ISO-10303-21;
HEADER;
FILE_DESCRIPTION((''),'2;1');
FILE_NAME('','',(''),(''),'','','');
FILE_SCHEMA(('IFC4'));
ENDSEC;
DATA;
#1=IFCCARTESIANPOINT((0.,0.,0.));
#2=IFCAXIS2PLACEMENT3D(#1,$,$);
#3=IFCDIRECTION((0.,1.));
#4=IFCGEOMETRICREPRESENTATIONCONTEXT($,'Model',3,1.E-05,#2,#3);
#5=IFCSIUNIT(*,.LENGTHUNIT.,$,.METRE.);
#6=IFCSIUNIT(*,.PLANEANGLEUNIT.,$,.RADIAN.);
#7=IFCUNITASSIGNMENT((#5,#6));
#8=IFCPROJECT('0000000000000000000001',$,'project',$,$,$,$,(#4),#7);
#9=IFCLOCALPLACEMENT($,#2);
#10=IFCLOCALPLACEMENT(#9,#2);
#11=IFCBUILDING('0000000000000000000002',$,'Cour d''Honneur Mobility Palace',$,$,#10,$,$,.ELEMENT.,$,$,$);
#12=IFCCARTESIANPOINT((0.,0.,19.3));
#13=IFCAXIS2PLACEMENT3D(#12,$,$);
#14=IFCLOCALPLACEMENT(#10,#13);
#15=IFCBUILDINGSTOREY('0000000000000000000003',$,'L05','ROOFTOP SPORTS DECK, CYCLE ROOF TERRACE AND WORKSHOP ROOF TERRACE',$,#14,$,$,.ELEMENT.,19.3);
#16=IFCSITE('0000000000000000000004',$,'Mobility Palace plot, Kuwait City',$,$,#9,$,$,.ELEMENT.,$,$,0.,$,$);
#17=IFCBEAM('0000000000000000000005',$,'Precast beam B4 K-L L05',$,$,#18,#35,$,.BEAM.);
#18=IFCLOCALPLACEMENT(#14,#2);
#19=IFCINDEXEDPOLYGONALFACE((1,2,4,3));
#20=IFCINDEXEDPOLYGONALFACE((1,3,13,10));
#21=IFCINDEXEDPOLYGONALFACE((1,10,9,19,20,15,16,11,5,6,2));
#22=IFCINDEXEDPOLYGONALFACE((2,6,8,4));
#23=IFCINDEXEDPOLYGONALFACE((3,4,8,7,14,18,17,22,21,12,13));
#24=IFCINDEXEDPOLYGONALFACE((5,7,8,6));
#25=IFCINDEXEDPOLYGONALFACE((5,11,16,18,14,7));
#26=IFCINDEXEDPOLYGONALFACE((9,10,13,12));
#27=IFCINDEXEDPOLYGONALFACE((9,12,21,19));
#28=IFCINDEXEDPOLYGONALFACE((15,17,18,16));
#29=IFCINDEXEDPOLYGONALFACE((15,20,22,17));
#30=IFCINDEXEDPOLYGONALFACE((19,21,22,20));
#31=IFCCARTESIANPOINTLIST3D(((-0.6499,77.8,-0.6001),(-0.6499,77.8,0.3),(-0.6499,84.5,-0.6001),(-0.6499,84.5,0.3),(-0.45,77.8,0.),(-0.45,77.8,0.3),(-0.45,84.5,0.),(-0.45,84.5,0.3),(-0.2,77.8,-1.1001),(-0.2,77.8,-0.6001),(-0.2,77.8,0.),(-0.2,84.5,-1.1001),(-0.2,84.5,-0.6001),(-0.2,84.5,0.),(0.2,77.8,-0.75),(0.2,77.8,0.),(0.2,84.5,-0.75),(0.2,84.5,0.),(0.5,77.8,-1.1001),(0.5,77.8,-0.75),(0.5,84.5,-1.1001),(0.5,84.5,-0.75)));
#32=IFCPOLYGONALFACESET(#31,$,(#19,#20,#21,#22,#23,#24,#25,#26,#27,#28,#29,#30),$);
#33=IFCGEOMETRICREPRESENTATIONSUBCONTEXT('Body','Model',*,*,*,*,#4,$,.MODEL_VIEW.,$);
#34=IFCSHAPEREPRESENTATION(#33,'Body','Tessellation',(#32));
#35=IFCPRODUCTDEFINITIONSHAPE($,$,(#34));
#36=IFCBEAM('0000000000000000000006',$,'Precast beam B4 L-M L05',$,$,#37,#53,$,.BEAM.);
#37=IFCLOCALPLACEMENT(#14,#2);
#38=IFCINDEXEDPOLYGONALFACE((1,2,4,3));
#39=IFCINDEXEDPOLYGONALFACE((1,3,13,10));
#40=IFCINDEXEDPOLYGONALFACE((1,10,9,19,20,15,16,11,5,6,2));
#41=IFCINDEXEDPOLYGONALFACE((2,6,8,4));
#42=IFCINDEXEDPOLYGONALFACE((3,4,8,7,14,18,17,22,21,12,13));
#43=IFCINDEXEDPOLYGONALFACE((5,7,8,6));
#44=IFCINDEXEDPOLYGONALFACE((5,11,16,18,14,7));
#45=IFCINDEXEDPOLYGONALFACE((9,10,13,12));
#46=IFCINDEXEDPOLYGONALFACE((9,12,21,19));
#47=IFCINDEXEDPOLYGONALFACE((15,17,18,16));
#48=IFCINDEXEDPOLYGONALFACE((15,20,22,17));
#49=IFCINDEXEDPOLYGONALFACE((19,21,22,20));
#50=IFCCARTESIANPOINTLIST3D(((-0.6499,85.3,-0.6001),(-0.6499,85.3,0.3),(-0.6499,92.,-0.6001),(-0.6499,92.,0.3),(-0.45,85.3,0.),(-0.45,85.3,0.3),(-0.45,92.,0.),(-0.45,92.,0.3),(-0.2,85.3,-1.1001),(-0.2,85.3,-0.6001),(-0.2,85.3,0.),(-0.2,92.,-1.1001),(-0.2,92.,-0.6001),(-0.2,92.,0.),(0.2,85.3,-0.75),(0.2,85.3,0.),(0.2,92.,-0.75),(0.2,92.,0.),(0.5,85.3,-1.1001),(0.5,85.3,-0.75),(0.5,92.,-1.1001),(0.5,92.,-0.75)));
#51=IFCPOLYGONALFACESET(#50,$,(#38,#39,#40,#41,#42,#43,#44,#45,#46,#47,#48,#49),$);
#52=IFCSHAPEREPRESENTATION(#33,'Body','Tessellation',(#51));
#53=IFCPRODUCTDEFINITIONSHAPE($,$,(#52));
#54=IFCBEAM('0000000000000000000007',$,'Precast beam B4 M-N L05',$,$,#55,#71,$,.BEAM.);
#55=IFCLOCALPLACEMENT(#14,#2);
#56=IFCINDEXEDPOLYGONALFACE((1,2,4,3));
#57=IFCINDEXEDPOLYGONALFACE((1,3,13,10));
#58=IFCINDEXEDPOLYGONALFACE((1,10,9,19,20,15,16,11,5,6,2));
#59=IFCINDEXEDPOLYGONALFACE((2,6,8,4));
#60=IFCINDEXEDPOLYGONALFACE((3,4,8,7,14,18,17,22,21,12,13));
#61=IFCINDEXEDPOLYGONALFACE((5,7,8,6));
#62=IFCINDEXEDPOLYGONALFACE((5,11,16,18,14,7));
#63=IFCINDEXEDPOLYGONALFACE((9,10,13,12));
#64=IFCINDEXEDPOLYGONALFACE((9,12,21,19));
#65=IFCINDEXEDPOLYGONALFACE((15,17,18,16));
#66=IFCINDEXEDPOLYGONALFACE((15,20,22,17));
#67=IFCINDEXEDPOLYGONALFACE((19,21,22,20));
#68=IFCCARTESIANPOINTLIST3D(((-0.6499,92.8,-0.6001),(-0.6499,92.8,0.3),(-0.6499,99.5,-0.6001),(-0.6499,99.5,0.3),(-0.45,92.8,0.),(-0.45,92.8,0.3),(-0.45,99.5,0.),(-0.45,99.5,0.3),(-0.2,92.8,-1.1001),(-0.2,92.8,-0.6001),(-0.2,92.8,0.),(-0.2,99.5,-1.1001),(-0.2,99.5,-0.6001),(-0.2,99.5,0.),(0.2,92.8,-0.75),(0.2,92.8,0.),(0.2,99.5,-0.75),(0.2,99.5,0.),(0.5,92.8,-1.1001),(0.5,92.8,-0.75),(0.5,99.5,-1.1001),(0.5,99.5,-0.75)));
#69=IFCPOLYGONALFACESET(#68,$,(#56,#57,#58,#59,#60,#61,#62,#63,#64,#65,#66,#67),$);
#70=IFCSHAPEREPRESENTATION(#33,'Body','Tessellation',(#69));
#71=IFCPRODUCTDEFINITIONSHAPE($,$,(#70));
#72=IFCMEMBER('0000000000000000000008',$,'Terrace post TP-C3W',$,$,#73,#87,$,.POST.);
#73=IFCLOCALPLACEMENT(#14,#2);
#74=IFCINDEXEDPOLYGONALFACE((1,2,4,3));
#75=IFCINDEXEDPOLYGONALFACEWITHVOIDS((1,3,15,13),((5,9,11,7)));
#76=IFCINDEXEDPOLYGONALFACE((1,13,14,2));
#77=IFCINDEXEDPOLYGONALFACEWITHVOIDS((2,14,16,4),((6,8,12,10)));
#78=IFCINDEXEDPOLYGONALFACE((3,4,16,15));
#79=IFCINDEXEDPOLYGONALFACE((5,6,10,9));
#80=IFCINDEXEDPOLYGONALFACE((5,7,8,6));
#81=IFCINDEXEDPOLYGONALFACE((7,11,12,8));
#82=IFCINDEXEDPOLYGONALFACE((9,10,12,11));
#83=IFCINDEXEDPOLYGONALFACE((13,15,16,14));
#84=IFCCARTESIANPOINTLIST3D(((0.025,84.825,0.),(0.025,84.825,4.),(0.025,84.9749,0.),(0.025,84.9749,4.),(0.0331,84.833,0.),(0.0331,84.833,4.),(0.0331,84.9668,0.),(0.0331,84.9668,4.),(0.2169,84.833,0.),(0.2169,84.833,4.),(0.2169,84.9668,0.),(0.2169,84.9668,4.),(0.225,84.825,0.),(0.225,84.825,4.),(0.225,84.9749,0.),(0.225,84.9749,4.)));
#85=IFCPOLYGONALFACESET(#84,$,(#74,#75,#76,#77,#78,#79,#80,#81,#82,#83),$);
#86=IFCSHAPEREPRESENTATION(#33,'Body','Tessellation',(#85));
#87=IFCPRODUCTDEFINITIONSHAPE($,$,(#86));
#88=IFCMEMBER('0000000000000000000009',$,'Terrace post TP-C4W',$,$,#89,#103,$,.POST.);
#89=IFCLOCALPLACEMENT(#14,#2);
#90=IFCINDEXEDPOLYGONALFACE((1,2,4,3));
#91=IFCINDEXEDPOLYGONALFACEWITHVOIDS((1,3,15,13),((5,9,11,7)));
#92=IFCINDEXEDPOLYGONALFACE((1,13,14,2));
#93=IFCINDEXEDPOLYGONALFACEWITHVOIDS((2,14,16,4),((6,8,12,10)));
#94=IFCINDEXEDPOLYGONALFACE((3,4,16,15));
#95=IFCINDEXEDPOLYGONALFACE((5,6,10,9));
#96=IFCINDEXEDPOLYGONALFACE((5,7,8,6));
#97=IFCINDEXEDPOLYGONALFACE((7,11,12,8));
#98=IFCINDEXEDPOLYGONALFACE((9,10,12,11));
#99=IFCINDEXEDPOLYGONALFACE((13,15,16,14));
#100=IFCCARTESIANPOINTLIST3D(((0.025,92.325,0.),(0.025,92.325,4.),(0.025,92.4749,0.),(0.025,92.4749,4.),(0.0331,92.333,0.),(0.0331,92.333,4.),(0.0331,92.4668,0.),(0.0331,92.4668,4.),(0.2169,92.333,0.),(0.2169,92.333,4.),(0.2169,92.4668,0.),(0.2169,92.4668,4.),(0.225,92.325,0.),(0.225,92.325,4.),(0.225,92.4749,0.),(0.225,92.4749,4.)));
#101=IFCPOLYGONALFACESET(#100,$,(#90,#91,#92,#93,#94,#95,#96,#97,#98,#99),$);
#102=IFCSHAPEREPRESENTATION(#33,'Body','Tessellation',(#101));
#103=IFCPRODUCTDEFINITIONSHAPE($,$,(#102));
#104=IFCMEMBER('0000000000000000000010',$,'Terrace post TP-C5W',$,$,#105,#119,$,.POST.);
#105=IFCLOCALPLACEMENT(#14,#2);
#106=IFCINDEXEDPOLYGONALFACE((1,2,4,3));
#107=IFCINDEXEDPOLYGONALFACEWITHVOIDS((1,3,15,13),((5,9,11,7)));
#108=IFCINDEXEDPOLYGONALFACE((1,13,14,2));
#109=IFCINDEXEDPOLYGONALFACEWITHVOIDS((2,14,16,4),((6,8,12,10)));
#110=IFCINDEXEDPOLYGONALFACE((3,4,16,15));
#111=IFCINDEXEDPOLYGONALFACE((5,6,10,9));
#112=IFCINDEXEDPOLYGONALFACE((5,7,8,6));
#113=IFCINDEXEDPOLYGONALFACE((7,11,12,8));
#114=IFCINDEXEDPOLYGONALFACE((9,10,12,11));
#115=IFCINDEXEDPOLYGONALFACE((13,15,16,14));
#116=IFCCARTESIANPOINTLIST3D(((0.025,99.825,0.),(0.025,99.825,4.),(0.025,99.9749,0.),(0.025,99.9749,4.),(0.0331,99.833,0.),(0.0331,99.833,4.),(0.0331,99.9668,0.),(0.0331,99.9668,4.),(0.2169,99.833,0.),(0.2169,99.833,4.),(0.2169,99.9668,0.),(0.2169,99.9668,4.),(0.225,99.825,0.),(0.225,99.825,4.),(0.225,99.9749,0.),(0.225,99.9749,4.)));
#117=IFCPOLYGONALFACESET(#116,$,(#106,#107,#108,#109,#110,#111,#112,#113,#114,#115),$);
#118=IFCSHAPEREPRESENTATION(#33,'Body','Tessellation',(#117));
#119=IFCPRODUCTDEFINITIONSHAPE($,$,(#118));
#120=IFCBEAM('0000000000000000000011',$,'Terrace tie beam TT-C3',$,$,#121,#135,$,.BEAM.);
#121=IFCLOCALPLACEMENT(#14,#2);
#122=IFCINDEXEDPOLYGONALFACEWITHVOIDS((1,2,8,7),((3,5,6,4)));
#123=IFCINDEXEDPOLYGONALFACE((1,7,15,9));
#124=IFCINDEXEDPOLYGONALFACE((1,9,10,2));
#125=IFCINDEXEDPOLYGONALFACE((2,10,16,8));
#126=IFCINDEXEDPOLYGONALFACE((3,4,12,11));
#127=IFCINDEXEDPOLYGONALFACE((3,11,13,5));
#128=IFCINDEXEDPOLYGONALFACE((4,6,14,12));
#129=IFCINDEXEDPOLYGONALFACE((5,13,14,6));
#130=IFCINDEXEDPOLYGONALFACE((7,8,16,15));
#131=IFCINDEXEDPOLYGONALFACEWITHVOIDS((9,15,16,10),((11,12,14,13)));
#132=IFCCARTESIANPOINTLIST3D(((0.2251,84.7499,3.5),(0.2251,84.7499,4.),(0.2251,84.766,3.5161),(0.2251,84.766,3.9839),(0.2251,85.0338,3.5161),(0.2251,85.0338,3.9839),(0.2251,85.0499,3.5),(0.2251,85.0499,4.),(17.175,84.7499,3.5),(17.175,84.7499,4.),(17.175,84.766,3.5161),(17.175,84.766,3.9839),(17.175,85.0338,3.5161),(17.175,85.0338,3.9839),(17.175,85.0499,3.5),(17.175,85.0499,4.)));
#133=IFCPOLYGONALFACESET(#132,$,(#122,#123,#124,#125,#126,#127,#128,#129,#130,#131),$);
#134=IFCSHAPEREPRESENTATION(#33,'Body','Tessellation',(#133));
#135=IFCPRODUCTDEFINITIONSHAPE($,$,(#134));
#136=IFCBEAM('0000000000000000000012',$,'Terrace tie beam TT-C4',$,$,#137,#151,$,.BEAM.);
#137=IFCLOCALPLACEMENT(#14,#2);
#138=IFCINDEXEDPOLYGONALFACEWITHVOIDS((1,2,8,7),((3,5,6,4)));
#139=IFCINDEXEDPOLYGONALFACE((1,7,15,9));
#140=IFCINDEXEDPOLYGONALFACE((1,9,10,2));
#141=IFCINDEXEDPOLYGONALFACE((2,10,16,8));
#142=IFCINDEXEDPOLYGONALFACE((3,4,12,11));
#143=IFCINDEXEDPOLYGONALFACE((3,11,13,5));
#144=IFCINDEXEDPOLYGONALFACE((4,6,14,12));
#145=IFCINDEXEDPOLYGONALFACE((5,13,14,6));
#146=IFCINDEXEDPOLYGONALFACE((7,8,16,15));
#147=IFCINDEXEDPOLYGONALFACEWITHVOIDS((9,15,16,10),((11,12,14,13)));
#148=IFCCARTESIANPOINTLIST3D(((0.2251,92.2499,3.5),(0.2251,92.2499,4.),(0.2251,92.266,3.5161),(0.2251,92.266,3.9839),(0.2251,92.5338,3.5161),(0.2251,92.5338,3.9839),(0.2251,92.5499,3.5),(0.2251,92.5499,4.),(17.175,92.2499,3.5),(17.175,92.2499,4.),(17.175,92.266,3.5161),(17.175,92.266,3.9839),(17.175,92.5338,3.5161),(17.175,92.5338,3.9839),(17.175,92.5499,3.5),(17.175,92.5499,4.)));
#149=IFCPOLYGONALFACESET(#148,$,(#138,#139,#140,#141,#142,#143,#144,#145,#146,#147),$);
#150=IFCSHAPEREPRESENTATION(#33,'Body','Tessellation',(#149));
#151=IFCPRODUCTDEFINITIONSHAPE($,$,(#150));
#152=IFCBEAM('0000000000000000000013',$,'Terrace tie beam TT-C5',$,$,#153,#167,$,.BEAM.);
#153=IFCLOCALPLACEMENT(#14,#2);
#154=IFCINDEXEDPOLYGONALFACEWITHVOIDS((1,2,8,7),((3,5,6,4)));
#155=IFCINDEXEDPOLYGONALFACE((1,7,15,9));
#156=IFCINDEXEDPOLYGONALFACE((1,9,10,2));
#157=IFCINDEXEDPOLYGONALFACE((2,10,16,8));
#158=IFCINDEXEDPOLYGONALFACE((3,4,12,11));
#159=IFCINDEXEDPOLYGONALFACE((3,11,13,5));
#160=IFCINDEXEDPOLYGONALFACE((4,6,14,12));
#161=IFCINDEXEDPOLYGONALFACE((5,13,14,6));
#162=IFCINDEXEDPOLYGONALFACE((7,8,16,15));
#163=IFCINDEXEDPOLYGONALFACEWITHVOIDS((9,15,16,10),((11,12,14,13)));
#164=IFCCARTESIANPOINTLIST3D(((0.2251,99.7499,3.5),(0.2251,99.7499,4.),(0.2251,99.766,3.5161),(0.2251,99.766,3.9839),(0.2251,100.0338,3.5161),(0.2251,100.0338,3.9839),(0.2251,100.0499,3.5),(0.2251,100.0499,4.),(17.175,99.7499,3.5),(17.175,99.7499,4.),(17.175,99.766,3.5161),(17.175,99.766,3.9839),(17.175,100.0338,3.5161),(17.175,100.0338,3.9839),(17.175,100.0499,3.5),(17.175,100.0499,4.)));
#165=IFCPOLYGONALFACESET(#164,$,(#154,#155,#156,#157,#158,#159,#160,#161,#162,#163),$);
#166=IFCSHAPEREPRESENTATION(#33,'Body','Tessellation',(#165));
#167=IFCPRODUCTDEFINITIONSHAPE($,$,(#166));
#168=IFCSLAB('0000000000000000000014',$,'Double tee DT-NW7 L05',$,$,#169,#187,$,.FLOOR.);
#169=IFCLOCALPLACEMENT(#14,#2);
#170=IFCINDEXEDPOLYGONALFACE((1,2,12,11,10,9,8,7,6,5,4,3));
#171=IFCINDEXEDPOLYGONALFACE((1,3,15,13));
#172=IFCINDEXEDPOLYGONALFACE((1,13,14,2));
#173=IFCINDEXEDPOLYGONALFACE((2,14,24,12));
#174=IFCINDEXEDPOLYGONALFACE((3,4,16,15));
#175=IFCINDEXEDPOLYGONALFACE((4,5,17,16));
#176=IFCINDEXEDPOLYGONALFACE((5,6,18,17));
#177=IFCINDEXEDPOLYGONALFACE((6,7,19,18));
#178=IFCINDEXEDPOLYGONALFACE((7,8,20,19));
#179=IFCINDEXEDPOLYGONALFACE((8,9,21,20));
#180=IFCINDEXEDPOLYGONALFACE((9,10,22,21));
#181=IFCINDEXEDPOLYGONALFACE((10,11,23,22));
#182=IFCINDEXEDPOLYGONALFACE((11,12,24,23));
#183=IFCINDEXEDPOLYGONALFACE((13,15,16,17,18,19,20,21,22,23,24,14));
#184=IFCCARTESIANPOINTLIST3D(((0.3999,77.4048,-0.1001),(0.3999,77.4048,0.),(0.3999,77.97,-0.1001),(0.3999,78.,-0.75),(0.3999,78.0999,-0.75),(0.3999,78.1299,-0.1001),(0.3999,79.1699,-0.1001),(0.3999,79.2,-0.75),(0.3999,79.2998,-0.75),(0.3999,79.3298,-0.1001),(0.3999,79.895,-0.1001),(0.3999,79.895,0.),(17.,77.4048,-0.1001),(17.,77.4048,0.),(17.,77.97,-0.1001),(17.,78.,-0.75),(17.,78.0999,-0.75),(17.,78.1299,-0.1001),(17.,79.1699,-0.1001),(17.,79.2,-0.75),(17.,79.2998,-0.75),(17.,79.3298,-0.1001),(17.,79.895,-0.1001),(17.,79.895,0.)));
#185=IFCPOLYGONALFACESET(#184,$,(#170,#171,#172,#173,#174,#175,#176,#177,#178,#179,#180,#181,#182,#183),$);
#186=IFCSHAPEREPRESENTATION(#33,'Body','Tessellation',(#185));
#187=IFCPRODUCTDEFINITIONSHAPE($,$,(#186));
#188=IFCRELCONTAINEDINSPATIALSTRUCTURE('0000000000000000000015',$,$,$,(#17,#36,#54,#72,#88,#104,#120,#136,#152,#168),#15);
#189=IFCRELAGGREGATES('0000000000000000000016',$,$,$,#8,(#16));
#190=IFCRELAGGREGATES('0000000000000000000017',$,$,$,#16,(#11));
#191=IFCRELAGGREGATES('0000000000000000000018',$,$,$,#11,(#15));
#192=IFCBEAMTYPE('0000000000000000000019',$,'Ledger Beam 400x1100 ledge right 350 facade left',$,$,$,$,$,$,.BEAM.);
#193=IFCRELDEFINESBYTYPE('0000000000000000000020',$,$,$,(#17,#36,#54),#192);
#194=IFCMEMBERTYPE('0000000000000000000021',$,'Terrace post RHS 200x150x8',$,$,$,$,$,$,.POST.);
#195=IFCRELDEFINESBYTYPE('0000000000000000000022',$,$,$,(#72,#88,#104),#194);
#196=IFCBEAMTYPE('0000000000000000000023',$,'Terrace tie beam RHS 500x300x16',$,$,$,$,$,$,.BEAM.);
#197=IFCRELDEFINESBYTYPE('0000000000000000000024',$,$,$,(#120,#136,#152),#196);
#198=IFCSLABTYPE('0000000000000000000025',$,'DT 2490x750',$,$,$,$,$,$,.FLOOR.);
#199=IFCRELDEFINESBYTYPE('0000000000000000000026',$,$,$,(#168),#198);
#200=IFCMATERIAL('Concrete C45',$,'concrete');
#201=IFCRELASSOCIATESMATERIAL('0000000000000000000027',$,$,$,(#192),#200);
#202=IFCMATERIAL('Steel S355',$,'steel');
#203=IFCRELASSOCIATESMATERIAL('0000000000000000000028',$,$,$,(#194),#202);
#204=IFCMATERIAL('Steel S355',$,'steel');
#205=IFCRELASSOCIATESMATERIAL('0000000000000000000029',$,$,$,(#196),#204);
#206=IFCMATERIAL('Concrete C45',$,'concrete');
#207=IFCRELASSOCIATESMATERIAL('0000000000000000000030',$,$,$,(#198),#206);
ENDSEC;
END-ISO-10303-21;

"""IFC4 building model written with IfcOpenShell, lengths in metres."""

from ifc_helpers import new_model, si_unit, direction, frame, origin, origin_2d, place, context, subcontext, project, spatial, polyline, hollow_rectangle, outline, extrude, material, material_profile, profile_set, type_object, element, save


model = new_model("IFC4")

# Units and contexts
model_context = context("Model", 3, precision=1e-05, world=origin(), true_north=direction((0.0, 1.0)))
body_context = subcontext(model_context, "Body", "Model", "MODEL_VIEW")
ifc_project = project(units=[si_unit("LENGTHUNIT", "METRE"), si_unit("PLANEANGLEUNIT", "RADIAN")], contexts=[model_context])

# Site, building, storey
site_placement = place(None, origin())
site = spatial("IfcSite", under=ifc_project, at=site_placement, Name="Mobility Palace plot, Kuwait City", CompositionType="ELEMENT", RefElevation=0.0)
building_placement = place(site_placement, origin())
building = spatial("IfcBuilding", under=site, at=building_placement, Name="Cour d'Honneur Mobility Palace", CompositionType="ELEMENT")
storey_placement = place(building_placement, frame((0.0, 0.0, 19.3)))
storey = spatial("IfcBuildingStorey", under=building, at=storey_placement, Name="L05", Description="ROOFTOP SPORTS DECK, CYCLE ROOF TERRACE AND WORKSHOP ROOF TERRACE", CompositionType="ELEMENT", Elevation=19.3)

# Beams
ifc_material_1 = material(Name="Concrete C45", Category="concrete")
ifc_material_profile_1 = material_profile(ifc_material_1, outline(polyline([(0.2, -1.1001), (0.2, -0.6001), (0.6499, -0.6001), (0.6499, 0.3), (0.45, 0.3), (0.45, 0.0), (0.2, 0.0), (-0.2, 0.0), (-0.2, -0.75), (-0.5, -0.75), (-0.5, -1.1001), (0.2, -1.1001)])), Name="Ledger Beam 400x1100 ledge right 350 facade left")
ifc_profile_set_1 = profile_set([ifc_material_profile_1], Name="Concrete C45")
beam_type_1 = type_object("IfcBeamType", Name="Ledger Beam 400x1100 ledge right 350 facade left", PredefinedType="BEAM", material=ifc_profile_set_1)
for number, where, z_axis, x_axis, name in (
    (1, (0.0, 77.8, 0.0), (0.0, 1.0, 0.0), (-1.0, 0.0, 0.0), "Precast beam B4 K-L L05"),
    (2, (0.0, 85.3, 0.0), (0.0, 1.0, 0.0), (-1.0, 0.0, 0.0), "Precast beam B4 L-M L05"),
    (3, (0.0, 92.8, 0.0), (0.0, 1.0, 0.0), (-1.0, 0.0, 0.0), "Precast beam B4 M-N L05"),
):
    element("IfcBeam", number, at=place(storey_placement, frame(where, z_axis=z_axis, x_axis=x_axis)), inside=storey, type_object=beam_type_1, Name=name, PredefinedType="BEAM", context=body_context, shape_type="SweptSolid", body=[
        extrude(outline(polyline([(0.2, -1.1001), (0.2, -0.6001), (0.6499, -0.6001), (0.6499, 0.3), (0.45, 0.3), (0.45, 0.0), (0.2, 0.0), (-0.2, 0.0), (-0.2, -0.75), (-0.5, -0.75), (-0.5, -1.1001), (0.2, -1.1001)])), origin(), (0.0, 0.0, 1.0), 6.7),
    ])

# Members
ifc_material_2 = material(Name="Steel S355", Category="steel")
ifc_material_profile_2 = material_profile(ifc_material_2, hollow_rectangle(XDim=0.1499, YDim=0.2, WallThickness=0.0081, at=origin_2d()), Name="RHS 200x150x8")
ifc_profile_set_2 = profile_set([ifc_material_profile_2], Name="Steel S355")
member_type = type_object("IfcMemberType", Name="Terrace post RHS 200x150x8", PredefinedType="POST", material=ifc_profile_set_2)
for number, where, z_axis, x_axis, name in (
    (4, (0.125, 84.8999, 0.0), (0.0, 0.0, 1.0), (0.0, 1.0, 0.0), "Terrace post TP-C3W"),
    (5, (0.125, 92.3999, 0.0), (0.0, 0.0, 1.0), (0.0, 1.0, 0.0), "Terrace post TP-C4W"),
    (6, (0.125, 99.8999, 0.0), (0.0, 0.0, 1.0), (0.0, 1.0, 0.0), "Terrace post TP-C5W"),
):
    element("IfcMember", number, at=place(storey_placement, frame(where, z_axis=z_axis, x_axis=x_axis)), inside=storey, type_object=member_type, Name=name, PredefinedType="POST", context=body_context, shape_type="SweptSolid", body=[
        extrude(hollow_rectangle(XDim=0.1499, YDim=0.2, WallThickness=0.0081, at=origin_2d()), origin(), (0.0, 0.0, 1.0), 4.0),
    ])

# Beams
ifc_material_3 = material(Name="Steel S355", Category="steel")
ifc_material_profile_3 = material_profile(ifc_material_3, hollow_rectangle(XDim=0.3, YDim=0.5, WallThickness=0.0161, at=origin_2d()), Name="RHS 500x300x16")
ifc_profile_set_3 = profile_set([ifc_material_profile_3], Name="Steel S355")
beam_type_2 = type_object("IfcBeamType", Name="Terrace tie beam RHS 500x300x16", PredefinedType="BEAM", material=ifc_profile_set_3)
for number, where, z_axis, x_axis, name in (
    (7, (0.2251, 84.8999, 3.75), (1.0, 0.0, 0.0), (0.0, 1.0, 0.0), "Terrace tie beam TT-C3"),
    (8, (0.2251, 92.3999, 3.75), (1.0, 0.0, 0.0), (0.0, 1.0, 0.0), "Terrace tie beam TT-C4"),
    (9, (0.2251, 99.8999, 3.75), (1.0, 0.0, 0.0), (0.0, 1.0, 0.0), "Terrace tie beam TT-C5"),
):
    element("IfcBeam", number, at=place(storey_placement, frame(where, z_axis=z_axis, x_axis=x_axis)), inside=storey, type_object=beam_type_2, Name=name, PredefinedType="BEAM", context=body_context, shape_type="SweptSolid", body=[
        extrude(hollow_rectangle(XDim=0.3, YDim=0.5, WallThickness=0.0161, at=origin_2d()), origin(), (0.0, 0.0, 1.0), 16.95),
    ])

# Slab
ifc_material_4 = material(Name="Concrete C45", Category="concrete")
ifc_material_profile_4 = material_profile(ifc_material_4, outline(polyline([(-1.2451, 0.0), (1.2451, 0.0), (1.2451, -0.1001), (0.6799, -0.1001), (0.6499, -0.75), (0.55, -0.75), (0.52, -0.1001), (-0.52, -0.1001), (-0.55, -0.75), (-0.6499, -0.75), (-0.6799, -0.1001), (-1.2451, -0.1001), (-1.2451, 0.0)])), Name="DT 2490x750")
ifc_profile_set_4 = profile_set([ifc_material_profile_4], Name="Concrete C45")
slab_type = type_object("IfcSlabType", Name="DT 2490x750", PredefinedType="FLOOR", material=ifc_profile_set_4)
slab_1_placement = place(storey_placement, frame((0.3999, 78.6499, 0.0), z_axis=(1.0, 0.0, 0.0), x_axis=(0.0, 1.0, 0.0)))
element("IfcSlab", 10, at=slab_1_placement, inside=storey, type_object=slab_type, Name="Double tee DT-NW7 L05", PredefinedType="FLOOR", context=body_context, shape_type="SweptSolid", body=[
    extrude(outline(polyline([(-1.2451, 0.0), (1.2451, 0.0), (1.2451, -0.1001), (0.6799, -0.1001), (0.6499, -0.75), (0.55, -0.75), (0.52, -0.1001), (-0.52, -0.1001), (-0.55, -0.75), (-0.6499, -0.75), (-0.6799, -0.1001), (-1.2451, -0.1001), (-1.2451, 0.0)])), origin(), (0.0, 0.0, 1.0), 16.6001),
])

save(model, "model.ifc")
